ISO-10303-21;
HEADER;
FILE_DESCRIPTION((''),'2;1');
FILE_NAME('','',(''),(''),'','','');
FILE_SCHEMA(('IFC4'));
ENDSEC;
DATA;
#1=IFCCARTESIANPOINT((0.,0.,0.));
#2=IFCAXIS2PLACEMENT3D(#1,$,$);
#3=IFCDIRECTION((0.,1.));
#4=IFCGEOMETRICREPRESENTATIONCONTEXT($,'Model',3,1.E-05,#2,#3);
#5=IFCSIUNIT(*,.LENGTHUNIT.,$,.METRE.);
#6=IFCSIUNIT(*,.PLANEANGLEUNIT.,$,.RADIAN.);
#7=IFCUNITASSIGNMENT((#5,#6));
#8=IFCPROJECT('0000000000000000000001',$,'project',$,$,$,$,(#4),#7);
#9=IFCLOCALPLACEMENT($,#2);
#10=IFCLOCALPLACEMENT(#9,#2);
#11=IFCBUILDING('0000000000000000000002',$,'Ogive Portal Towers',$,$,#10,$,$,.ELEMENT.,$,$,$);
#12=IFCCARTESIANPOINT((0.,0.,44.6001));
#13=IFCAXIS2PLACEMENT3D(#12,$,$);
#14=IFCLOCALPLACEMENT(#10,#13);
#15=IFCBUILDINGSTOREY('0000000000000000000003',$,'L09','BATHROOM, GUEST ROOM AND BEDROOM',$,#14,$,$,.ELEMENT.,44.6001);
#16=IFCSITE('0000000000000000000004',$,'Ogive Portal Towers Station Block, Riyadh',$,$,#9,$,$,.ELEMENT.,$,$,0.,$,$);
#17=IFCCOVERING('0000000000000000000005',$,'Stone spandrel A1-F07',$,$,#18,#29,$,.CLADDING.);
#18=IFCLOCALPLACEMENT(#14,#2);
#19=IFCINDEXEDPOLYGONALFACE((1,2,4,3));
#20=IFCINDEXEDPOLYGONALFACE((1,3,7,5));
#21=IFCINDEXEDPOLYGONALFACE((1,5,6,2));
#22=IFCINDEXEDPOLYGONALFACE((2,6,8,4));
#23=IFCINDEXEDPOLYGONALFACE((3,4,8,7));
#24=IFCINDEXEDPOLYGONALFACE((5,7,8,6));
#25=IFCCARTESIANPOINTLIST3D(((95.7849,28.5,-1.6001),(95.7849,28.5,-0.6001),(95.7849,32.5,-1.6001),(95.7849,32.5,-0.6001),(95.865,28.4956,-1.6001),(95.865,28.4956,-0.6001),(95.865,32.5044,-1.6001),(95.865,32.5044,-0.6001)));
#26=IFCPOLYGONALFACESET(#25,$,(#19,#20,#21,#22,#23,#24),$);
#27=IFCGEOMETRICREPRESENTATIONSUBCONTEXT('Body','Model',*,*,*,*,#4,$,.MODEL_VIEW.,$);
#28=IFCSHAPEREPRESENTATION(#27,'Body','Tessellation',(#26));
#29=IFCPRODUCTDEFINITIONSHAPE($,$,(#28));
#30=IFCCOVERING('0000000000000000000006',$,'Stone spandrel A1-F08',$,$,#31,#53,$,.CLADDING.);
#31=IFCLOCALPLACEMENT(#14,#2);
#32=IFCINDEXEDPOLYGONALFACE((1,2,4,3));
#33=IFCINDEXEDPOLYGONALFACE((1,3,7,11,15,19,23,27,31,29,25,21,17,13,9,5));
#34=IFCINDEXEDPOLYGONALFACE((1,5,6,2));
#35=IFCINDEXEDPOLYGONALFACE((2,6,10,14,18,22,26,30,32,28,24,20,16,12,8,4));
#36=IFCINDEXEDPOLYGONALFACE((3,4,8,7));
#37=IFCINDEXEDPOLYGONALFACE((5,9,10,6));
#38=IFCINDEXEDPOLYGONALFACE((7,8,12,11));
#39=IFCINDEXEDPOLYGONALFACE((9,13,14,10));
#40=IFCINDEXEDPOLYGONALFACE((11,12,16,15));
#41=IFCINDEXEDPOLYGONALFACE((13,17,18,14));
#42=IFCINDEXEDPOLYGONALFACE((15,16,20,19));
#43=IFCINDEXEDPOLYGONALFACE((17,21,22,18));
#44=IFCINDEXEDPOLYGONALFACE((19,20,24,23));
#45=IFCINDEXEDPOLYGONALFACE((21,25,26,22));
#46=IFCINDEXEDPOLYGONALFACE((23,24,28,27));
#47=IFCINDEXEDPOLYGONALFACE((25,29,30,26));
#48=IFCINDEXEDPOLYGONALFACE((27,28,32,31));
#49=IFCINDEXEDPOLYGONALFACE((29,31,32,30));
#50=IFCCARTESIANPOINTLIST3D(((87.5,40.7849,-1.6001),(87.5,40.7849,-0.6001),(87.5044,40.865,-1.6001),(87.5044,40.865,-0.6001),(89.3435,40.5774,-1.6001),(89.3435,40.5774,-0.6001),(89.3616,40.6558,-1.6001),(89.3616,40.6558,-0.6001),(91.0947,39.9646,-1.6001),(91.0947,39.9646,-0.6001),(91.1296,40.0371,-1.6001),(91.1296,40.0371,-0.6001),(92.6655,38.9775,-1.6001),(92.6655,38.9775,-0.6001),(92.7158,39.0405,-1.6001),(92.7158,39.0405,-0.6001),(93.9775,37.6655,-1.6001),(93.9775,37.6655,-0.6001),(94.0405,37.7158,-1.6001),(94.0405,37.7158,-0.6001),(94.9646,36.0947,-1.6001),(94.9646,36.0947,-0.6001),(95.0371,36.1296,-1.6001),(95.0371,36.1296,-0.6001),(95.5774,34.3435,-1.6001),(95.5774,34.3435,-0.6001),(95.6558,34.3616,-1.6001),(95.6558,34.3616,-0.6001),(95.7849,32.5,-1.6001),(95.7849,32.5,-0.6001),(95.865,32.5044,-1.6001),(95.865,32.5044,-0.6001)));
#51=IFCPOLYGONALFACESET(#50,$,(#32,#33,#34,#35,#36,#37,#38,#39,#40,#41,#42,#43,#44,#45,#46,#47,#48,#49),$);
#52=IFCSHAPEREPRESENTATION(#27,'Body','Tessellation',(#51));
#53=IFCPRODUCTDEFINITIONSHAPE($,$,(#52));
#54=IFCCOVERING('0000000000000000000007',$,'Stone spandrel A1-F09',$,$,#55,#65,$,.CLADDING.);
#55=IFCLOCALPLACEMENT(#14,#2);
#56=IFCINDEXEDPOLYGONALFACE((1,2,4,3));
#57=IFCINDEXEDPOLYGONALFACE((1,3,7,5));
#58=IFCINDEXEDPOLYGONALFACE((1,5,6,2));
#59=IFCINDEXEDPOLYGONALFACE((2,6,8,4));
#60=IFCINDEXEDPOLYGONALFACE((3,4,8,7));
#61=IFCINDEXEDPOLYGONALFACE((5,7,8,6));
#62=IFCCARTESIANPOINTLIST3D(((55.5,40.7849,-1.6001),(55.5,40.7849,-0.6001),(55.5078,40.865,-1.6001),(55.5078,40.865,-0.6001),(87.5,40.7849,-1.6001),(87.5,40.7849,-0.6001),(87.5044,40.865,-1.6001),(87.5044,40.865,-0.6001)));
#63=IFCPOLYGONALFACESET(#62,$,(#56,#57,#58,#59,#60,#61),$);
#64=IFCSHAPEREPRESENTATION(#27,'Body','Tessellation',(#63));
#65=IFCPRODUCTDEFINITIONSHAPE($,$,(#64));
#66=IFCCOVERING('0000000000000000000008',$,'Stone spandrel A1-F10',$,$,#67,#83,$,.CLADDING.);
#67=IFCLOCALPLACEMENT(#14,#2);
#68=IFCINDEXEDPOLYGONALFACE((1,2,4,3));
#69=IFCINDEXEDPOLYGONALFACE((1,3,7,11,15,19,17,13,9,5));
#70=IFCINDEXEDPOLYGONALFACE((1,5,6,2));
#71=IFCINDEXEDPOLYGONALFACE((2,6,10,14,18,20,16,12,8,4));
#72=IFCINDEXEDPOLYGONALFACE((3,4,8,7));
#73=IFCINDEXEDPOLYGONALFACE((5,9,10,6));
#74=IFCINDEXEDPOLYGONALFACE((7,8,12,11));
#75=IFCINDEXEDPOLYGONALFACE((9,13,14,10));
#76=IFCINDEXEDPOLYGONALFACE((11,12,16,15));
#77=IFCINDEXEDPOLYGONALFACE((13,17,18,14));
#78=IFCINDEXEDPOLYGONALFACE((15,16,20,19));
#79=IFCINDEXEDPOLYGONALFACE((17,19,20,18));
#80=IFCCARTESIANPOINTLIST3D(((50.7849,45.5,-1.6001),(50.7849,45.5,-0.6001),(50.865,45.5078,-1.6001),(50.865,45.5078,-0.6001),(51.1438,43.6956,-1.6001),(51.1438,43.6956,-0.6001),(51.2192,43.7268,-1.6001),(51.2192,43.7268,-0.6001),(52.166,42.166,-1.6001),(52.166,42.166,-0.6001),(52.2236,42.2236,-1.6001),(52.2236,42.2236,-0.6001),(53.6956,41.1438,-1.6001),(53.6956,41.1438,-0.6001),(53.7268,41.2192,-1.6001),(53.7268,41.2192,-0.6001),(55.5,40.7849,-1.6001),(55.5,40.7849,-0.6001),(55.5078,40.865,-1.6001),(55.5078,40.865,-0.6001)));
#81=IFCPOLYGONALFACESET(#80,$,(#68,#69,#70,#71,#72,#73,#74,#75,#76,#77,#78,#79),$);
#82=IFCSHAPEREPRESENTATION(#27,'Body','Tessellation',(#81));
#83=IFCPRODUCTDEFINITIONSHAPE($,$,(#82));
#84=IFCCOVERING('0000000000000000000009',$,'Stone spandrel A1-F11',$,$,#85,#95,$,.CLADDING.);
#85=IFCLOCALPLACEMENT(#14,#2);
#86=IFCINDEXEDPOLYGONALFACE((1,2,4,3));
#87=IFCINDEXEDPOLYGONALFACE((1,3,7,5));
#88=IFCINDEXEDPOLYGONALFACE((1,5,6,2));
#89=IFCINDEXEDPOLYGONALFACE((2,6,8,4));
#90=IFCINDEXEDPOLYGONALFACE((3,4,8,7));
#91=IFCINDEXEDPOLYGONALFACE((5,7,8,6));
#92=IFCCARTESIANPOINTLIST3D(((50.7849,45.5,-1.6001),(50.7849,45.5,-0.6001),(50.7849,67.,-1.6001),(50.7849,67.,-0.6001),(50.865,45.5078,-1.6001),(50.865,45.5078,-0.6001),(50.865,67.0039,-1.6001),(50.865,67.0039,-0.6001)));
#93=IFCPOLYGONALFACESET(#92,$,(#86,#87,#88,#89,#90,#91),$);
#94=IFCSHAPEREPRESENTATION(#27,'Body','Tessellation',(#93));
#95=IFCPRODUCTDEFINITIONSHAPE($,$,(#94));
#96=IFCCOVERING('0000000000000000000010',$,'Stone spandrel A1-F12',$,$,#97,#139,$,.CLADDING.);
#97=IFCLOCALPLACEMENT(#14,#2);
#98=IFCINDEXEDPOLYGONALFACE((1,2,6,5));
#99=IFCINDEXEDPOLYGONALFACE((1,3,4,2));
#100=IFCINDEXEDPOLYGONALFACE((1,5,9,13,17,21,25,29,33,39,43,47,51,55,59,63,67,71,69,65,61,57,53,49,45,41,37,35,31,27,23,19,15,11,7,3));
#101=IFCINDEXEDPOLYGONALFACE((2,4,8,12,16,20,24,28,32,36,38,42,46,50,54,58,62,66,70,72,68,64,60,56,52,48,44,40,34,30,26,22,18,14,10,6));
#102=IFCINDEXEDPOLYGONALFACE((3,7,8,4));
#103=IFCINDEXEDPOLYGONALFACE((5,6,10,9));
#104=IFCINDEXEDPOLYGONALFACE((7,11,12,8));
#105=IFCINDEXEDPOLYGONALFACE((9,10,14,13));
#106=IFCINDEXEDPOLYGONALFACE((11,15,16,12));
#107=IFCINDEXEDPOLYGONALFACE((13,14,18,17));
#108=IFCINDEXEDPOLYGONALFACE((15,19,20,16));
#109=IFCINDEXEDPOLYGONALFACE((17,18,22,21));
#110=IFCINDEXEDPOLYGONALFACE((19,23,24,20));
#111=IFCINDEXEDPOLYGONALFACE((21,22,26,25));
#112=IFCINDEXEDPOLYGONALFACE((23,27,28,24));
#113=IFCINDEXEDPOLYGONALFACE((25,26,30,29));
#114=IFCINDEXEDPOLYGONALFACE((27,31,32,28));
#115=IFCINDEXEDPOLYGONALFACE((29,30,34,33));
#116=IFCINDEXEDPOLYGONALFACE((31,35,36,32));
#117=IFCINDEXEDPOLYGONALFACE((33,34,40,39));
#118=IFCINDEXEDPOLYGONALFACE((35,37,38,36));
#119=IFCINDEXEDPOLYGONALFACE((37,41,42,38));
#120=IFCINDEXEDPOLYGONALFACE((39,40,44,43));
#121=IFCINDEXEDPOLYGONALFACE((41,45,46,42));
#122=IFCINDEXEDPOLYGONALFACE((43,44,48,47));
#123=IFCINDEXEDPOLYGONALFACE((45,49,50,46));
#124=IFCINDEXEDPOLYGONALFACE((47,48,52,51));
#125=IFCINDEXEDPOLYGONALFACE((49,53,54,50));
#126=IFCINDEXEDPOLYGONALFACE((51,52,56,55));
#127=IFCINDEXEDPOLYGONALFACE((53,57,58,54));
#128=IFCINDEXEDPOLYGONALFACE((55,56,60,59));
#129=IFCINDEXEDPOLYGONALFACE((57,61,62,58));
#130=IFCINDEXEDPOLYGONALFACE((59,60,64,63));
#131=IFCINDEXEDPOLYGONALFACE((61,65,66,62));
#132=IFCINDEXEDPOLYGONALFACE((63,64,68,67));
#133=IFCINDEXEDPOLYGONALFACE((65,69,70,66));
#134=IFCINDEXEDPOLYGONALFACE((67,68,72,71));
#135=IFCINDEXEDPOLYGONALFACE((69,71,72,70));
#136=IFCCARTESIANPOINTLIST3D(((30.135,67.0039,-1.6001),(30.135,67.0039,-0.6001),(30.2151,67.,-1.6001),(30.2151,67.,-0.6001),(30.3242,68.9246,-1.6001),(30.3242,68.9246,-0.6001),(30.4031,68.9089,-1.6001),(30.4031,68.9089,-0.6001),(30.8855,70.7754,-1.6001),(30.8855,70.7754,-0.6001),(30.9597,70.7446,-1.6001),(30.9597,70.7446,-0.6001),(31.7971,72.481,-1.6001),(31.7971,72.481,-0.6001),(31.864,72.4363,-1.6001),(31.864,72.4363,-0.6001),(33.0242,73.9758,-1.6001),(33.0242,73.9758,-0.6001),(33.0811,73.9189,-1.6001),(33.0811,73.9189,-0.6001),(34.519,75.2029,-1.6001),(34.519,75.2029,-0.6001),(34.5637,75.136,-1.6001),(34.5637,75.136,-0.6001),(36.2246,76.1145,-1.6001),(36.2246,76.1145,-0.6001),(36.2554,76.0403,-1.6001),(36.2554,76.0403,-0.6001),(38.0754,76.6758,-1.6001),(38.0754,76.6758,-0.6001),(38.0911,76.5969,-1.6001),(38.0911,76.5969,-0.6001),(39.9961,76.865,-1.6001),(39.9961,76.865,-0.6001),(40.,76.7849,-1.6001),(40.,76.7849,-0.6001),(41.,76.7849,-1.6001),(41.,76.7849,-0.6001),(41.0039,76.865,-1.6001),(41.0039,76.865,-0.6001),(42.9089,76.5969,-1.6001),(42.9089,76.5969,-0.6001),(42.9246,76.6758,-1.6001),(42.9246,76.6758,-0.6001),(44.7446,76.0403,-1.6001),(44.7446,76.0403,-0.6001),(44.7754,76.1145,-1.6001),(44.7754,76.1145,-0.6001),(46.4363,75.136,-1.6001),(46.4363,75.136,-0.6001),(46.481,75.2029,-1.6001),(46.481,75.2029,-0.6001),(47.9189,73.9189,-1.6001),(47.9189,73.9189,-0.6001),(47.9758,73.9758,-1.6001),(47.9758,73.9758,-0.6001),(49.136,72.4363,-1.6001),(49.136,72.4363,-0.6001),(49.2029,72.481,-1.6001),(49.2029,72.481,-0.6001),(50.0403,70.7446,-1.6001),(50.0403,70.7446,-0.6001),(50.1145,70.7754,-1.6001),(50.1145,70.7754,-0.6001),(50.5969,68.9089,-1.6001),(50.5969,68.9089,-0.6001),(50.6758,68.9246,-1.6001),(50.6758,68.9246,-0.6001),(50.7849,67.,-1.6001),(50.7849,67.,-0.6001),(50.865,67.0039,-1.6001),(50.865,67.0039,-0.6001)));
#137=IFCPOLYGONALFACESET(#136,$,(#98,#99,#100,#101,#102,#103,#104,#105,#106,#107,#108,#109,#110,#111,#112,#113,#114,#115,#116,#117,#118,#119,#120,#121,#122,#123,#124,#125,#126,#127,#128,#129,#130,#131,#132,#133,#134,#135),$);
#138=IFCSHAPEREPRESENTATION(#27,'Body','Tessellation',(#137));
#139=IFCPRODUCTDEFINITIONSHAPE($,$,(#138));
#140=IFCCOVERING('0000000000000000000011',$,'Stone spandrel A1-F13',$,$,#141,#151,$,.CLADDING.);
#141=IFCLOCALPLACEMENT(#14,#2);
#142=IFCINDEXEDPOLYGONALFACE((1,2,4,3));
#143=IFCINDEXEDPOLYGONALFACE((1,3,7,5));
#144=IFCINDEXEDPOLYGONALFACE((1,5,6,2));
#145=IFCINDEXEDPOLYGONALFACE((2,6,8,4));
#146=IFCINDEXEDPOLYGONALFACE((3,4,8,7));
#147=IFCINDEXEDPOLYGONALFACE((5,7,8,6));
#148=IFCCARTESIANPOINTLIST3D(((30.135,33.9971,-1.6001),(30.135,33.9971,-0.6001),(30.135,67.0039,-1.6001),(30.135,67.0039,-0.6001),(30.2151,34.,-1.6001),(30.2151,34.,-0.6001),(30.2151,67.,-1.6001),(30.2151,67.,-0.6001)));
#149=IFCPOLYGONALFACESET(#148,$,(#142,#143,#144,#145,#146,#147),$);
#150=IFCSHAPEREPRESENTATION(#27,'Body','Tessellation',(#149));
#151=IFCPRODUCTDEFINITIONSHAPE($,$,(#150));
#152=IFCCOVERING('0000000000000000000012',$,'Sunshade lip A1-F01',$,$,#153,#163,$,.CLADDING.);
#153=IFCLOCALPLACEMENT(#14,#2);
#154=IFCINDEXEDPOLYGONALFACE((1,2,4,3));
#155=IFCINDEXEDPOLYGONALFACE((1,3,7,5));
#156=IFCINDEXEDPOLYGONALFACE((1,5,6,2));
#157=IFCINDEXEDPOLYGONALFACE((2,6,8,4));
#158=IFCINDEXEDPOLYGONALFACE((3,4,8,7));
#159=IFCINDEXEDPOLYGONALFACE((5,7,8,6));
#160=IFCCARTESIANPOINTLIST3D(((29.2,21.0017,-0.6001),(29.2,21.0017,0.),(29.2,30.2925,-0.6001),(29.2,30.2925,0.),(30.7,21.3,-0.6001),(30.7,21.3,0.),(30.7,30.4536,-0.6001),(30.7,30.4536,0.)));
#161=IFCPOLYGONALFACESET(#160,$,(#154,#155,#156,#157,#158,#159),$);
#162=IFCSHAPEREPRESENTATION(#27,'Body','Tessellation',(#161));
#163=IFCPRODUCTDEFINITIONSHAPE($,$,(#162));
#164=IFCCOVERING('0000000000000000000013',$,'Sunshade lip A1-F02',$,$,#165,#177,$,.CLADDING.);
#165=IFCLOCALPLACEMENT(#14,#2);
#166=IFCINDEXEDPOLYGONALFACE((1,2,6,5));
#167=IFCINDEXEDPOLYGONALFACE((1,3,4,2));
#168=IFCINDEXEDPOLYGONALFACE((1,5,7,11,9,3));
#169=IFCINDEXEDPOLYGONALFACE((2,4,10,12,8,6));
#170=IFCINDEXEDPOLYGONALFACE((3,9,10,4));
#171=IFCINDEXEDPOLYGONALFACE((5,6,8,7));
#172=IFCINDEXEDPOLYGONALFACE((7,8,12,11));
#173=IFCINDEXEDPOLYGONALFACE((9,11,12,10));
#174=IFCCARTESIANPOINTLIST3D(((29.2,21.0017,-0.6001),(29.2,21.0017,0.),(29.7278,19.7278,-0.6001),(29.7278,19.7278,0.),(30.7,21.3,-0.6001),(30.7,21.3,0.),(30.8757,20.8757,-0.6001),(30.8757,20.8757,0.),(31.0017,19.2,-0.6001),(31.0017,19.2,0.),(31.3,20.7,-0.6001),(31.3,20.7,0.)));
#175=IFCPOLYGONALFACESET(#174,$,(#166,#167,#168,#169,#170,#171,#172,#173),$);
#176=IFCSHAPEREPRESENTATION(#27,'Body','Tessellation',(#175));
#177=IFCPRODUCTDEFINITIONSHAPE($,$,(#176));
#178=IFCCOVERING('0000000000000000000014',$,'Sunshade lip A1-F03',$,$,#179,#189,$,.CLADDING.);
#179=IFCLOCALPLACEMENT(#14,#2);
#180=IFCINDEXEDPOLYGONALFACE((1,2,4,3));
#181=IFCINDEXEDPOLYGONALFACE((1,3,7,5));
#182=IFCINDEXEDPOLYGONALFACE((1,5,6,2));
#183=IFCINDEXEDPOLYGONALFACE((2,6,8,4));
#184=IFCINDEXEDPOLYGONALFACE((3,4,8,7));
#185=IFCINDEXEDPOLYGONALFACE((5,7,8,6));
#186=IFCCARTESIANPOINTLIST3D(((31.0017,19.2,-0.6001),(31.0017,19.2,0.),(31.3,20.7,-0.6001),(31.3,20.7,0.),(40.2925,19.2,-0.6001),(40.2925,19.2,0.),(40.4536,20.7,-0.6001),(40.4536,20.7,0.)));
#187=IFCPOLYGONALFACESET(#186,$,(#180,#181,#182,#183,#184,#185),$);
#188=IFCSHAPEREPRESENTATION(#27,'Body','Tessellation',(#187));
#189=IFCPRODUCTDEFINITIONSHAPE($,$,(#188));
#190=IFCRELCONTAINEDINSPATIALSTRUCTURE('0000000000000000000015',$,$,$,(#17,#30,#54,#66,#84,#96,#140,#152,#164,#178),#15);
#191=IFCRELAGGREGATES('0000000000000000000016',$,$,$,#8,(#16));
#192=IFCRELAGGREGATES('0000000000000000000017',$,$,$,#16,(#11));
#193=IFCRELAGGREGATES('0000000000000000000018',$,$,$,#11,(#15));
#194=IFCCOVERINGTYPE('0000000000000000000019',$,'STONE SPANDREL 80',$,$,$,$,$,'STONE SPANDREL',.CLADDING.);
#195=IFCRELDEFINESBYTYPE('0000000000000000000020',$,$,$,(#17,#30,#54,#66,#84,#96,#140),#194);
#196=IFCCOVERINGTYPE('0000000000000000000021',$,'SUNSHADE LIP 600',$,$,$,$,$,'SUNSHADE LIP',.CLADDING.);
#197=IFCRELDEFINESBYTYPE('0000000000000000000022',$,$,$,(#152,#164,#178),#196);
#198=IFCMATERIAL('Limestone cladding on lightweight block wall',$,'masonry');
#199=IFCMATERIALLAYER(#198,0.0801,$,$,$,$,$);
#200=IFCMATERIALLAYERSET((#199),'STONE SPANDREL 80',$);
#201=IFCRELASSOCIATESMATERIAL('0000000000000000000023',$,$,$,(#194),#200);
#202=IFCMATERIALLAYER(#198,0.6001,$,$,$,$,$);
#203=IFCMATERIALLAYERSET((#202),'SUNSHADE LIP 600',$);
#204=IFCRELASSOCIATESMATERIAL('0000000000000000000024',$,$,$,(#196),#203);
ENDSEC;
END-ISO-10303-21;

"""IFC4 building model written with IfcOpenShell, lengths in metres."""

from ifc_helpers import new_model, si_unit, direction, frame, origin, place, context, subcontext, project, spatial, polyline, outline, extrude, material, layer, layer_set, type_object, element, save


model = new_model("IFC4")

# Units and contexts
model_context = context("Model", 3, precision=1e-05, world=origin(), true_north=direction((0.0, 1.0)))
body_context = subcontext(model_context, "Body", "Model", "MODEL_VIEW")
ifc_project = project(units=[si_unit("LENGTHUNIT", "METRE"), si_unit("PLANEANGLEUNIT", "RADIAN")], contexts=[model_context])

# Site, building, storey
site_placement = place(None, origin())
site = spatial("IfcSite", under=ifc_project, at=site_placement, Name="Ogive Portal Towers Station Block, Riyadh", CompositionType="ELEMENT", RefElevation=0.0)
building_placement = place(site_placement, origin())
building = spatial("IfcBuilding", under=site, at=building_placement, Name="Ogive Portal Towers", CompositionType="ELEMENT")
storey_placement = place(building_placement, frame((0.0, 0.0, 44.6001)))
storey = spatial("IfcBuildingStorey", under=building, at=storey_placement, Name="L09", Description="BATHROOM, GUEST ROOM AND BEDROOM", CompositionType="ELEMENT", Elevation=44.6001)

# Coverings
ifc_material_1 = material(Name="Limestone cladding on lightweight block wall", Category="masonry")
ifc_layer_1 = layer(ifc_material_1, 0.0801)
ifc_layer_set_1 = layer_set([ifc_layer_1], Name="STONE SPANDREL 80")
covering_type_1 = type_object("IfcCoveringType", Name="STONE SPANDREL 80", ElementType="STONE SPANDREL", PredefinedType="CLADDING", material=ifc_layer_set_1)
covering_1_placement = place(storey_placement, frame((0.0, 0.0, -1.6001)))
element("IfcCovering", 1, at=covering_1_placement, inside=storey, type_object=covering_type_1, Name="Stone spandrel A1-F07", PredefinedType="CLADDING", context=body_context, shape_type="SweptSolid", body=[
    extrude(outline(polyline([(95.7849, 28.5), (95.7849, 32.5), (95.865, 32.5044), (95.865, 28.4956), (95.7849, 28.5)])), origin(), (0.0, 0.0, 1.0), 1.0),
])
covering_2_placement = place(storey_placement, frame((0.0, 0.0, -1.6001)))
element("IfcCovering", 2, at=covering_2_placement, inside=storey, type_object=covering_type_1, Name="Stone spandrel A1-F08", PredefinedType="CLADDING", context=body_context, shape_type="SweptSolid", body=[
    extrude(outline(polyline([(95.7849, 32.5), (95.5774, 34.3435), (94.9646, 36.0947), (93.9775, 37.6655), (92.6655, 38.9775), (91.0947, 39.9646), (89.3435, 40.5774), (87.5, 40.7849), (87.5044, 40.865), (89.3616, 40.6558), (91.1296, 40.0371), (92.7158, 39.0405), (94.0405, 37.7158), (95.0371, 36.1296), (95.6558, 34.3616), (95.865, 32.5044), (95.7849, 32.5)])), origin(), (0.0, 0.0, 1.0), 1.0),
])
covering_3_placement = place(storey_placement, frame((0.0, 0.0, -1.6001)))
element("IfcCovering", 3, at=covering_3_placement, inside=storey, type_object=covering_type_1, Name="Stone spandrel A1-F09", PredefinedType="CLADDING", context=body_context, shape_type="SweptSolid", body=[
    extrude(outline(polyline([(87.5, 40.7849), (55.5, 40.7849), (55.5078, 40.865), (87.5044, 40.865), (87.5, 40.7849)])), origin(), (0.0, 0.0, 1.0), 1.0),
])
covering_4_placement = place(storey_placement, frame((0.0, 0.0, -1.6001)))
element("IfcCovering", 4, at=covering_4_placement, inside=storey, type_object=covering_type_1, Name="Stone spandrel A1-F10", PredefinedType="CLADDING", context=body_context, shape_type="SweptSolid", body=[
    extrude(outline(polyline([(55.5, 40.7849), (53.6956, 41.1438), (52.166, 42.166), (51.1438, 43.6956), (50.7849, 45.5), (50.865, 45.5078), (51.2192, 43.7268), (52.2236, 42.2236), (53.7268, 41.2192), (55.5078, 40.865), (55.5, 40.7849)])), origin(), (0.0, 0.0, 1.0), 1.0),
])
covering_5_placement = place(storey_placement, frame((0.0, 0.0, -1.6001)))
element("IfcCovering", 5, at=covering_5_placement, inside=storey, type_object=covering_type_1, Name="Stone spandrel A1-F11", PredefinedType="CLADDING", context=body_context, shape_type="SweptSolid", body=[
    extrude(outline(polyline([(50.7849, 45.5), (50.7849, 67.0), (50.865, 67.0039), (50.865, 45.5078), (50.7849, 45.5)])), origin(), (0.0, 0.0, 1.0), 1.0),
])
covering_6_placement = place(storey_placement, frame((0.0, 0.0, -1.6001)))
element("IfcCovering", 6, at=covering_6_placement, inside=storey, type_object=covering_type_1, Name="Stone spandrel A1-F12", PredefinedType="CLADDING", context=body_context, shape_type="SweptSolid", body=[
    extrude(outline(polyline([(50.7849, 67.0), (50.5969, 68.9089), (50.0403, 70.7446), (49.136, 72.4363), (47.9189, 73.9189), (46.4363, 75.136), (44.7446, 76.0403), (42.9089, 76.5969), (41.0, 76.7849), (40.0, 76.7849), (38.0911, 76.5969), (36.2554, 76.0403), (34.5637, 75.136), (33.0811, 73.9189), (31.864, 72.4363), (30.9597, 70.7446), (30.4031, 68.9089), (30.2151, 67.0), (30.135, 67.0039), (30.3242, 68.9246), (30.8855, 70.7754), (31.7971, 72.481), (33.0242, 73.9758), (34.519, 75.2029), (36.2246, 76.1145), (38.0754, 76.6758), (39.9961, 76.865), (41.0039, 76.865), (42.9246, 76.6758), (44.7754, 76.1145), (46.481, 75.2029), (47.9758, 73.9758), (49.2029, 72.481), (50.1145, 70.7754), (50.6758, 68.9246), (50.865, 67.0039), (50.7849, 67.0)])), origin(), (0.0, 0.0, 1.0), 1.0),
])
covering_7_placement = place(storey_placement, frame((0.0, 0.0, -1.6001)))
element("IfcCovering", 7, at=covering_7_placement, inside=storey, type_object=covering_type_1, Name="Stone spandrel A1-F13", PredefinedType="CLADDING", context=body_context, shape_type="SweptSolid", body=[
    extrude(outline(polyline([(30.2151, 67.0), (30.2151, 34.0), (30.135, 33.9971), (30.135, 67.0039), (30.2151, 67.0)])), origin(), (0.0, 0.0, 1.0), 1.0),
])
ifc_layer_2 = layer(ifc_material_1, 0.6001)
ifc_layer_set_2 = layer_set([ifc_layer_2], Name="SUNSHADE LIP 600")
covering_type_2 = type_object("IfcCoveringType", Name="SUNSHADE LIP 600", ElementType="SUNSHADE LIP", PredefinedType="CLADDING", material=ifc_layer_set_2)
covering_8_placement = place(storey_placement, frame((0.0, 0.0, -0.6001)))
element("IfcCovering", 8, at=covering_8_placement, inside=storey, type_object=covering_type_2, Name="Sunshade lip A1-F01", PredefinedType="CLADDING", context=body_context, shape_type="SweptSolid", body=[
    extrude(outline(polyline([(30.7, 30.4536), (30.7, 21.3), (29.2, 21.0017), (29.2, 30.2925), (30.7, 30.4536)])), origin(), (0.0, 0.0, 1.0), 0.6001),
])
covering_9_placement = place(storey_placement, frame((0.0, 0.0, -0.6001)))
element("IfcCovering", 9, at=covering_9_placement, inside=storey, type_object=covering_type_2, Name="Sunshade lip A1-F02", PredefinedType="CLADDING", context=body_context, shape_type="SweptSolid", body=[
    extrude(outline(polyline([(30.7, 21.3), (30.8757, 20.8757), (31.3, 20.7), (31.0017, 19.2), (29.7278, 19.7278), (29.2, 21.0017), (30.7, 21.3)])), origin(), (0.0, 0.0, 1.0), 0.6001),
])
covering_10_placement = place(storey_placement, frame((0.0, 0.0, -0.6001)))
element("IfcCovering", 10, at=covering_10_placement, inside=storey, type_object=covering_type_2, Name="Sunshade lip A1-F03", PredefinedType="CLADDING", context=body_context, shape_type="SweptSolid", body=[
    extrude(outline(polyline([(31.3, 20.7), (40.4536, 20.7), (40.2925, 19.2), (31.0017, 19.2), (31.3, 20.7)])), origin(), (0.0, 0.0, 1.0), 0.6001),
])

save(model, "model.ifc")
